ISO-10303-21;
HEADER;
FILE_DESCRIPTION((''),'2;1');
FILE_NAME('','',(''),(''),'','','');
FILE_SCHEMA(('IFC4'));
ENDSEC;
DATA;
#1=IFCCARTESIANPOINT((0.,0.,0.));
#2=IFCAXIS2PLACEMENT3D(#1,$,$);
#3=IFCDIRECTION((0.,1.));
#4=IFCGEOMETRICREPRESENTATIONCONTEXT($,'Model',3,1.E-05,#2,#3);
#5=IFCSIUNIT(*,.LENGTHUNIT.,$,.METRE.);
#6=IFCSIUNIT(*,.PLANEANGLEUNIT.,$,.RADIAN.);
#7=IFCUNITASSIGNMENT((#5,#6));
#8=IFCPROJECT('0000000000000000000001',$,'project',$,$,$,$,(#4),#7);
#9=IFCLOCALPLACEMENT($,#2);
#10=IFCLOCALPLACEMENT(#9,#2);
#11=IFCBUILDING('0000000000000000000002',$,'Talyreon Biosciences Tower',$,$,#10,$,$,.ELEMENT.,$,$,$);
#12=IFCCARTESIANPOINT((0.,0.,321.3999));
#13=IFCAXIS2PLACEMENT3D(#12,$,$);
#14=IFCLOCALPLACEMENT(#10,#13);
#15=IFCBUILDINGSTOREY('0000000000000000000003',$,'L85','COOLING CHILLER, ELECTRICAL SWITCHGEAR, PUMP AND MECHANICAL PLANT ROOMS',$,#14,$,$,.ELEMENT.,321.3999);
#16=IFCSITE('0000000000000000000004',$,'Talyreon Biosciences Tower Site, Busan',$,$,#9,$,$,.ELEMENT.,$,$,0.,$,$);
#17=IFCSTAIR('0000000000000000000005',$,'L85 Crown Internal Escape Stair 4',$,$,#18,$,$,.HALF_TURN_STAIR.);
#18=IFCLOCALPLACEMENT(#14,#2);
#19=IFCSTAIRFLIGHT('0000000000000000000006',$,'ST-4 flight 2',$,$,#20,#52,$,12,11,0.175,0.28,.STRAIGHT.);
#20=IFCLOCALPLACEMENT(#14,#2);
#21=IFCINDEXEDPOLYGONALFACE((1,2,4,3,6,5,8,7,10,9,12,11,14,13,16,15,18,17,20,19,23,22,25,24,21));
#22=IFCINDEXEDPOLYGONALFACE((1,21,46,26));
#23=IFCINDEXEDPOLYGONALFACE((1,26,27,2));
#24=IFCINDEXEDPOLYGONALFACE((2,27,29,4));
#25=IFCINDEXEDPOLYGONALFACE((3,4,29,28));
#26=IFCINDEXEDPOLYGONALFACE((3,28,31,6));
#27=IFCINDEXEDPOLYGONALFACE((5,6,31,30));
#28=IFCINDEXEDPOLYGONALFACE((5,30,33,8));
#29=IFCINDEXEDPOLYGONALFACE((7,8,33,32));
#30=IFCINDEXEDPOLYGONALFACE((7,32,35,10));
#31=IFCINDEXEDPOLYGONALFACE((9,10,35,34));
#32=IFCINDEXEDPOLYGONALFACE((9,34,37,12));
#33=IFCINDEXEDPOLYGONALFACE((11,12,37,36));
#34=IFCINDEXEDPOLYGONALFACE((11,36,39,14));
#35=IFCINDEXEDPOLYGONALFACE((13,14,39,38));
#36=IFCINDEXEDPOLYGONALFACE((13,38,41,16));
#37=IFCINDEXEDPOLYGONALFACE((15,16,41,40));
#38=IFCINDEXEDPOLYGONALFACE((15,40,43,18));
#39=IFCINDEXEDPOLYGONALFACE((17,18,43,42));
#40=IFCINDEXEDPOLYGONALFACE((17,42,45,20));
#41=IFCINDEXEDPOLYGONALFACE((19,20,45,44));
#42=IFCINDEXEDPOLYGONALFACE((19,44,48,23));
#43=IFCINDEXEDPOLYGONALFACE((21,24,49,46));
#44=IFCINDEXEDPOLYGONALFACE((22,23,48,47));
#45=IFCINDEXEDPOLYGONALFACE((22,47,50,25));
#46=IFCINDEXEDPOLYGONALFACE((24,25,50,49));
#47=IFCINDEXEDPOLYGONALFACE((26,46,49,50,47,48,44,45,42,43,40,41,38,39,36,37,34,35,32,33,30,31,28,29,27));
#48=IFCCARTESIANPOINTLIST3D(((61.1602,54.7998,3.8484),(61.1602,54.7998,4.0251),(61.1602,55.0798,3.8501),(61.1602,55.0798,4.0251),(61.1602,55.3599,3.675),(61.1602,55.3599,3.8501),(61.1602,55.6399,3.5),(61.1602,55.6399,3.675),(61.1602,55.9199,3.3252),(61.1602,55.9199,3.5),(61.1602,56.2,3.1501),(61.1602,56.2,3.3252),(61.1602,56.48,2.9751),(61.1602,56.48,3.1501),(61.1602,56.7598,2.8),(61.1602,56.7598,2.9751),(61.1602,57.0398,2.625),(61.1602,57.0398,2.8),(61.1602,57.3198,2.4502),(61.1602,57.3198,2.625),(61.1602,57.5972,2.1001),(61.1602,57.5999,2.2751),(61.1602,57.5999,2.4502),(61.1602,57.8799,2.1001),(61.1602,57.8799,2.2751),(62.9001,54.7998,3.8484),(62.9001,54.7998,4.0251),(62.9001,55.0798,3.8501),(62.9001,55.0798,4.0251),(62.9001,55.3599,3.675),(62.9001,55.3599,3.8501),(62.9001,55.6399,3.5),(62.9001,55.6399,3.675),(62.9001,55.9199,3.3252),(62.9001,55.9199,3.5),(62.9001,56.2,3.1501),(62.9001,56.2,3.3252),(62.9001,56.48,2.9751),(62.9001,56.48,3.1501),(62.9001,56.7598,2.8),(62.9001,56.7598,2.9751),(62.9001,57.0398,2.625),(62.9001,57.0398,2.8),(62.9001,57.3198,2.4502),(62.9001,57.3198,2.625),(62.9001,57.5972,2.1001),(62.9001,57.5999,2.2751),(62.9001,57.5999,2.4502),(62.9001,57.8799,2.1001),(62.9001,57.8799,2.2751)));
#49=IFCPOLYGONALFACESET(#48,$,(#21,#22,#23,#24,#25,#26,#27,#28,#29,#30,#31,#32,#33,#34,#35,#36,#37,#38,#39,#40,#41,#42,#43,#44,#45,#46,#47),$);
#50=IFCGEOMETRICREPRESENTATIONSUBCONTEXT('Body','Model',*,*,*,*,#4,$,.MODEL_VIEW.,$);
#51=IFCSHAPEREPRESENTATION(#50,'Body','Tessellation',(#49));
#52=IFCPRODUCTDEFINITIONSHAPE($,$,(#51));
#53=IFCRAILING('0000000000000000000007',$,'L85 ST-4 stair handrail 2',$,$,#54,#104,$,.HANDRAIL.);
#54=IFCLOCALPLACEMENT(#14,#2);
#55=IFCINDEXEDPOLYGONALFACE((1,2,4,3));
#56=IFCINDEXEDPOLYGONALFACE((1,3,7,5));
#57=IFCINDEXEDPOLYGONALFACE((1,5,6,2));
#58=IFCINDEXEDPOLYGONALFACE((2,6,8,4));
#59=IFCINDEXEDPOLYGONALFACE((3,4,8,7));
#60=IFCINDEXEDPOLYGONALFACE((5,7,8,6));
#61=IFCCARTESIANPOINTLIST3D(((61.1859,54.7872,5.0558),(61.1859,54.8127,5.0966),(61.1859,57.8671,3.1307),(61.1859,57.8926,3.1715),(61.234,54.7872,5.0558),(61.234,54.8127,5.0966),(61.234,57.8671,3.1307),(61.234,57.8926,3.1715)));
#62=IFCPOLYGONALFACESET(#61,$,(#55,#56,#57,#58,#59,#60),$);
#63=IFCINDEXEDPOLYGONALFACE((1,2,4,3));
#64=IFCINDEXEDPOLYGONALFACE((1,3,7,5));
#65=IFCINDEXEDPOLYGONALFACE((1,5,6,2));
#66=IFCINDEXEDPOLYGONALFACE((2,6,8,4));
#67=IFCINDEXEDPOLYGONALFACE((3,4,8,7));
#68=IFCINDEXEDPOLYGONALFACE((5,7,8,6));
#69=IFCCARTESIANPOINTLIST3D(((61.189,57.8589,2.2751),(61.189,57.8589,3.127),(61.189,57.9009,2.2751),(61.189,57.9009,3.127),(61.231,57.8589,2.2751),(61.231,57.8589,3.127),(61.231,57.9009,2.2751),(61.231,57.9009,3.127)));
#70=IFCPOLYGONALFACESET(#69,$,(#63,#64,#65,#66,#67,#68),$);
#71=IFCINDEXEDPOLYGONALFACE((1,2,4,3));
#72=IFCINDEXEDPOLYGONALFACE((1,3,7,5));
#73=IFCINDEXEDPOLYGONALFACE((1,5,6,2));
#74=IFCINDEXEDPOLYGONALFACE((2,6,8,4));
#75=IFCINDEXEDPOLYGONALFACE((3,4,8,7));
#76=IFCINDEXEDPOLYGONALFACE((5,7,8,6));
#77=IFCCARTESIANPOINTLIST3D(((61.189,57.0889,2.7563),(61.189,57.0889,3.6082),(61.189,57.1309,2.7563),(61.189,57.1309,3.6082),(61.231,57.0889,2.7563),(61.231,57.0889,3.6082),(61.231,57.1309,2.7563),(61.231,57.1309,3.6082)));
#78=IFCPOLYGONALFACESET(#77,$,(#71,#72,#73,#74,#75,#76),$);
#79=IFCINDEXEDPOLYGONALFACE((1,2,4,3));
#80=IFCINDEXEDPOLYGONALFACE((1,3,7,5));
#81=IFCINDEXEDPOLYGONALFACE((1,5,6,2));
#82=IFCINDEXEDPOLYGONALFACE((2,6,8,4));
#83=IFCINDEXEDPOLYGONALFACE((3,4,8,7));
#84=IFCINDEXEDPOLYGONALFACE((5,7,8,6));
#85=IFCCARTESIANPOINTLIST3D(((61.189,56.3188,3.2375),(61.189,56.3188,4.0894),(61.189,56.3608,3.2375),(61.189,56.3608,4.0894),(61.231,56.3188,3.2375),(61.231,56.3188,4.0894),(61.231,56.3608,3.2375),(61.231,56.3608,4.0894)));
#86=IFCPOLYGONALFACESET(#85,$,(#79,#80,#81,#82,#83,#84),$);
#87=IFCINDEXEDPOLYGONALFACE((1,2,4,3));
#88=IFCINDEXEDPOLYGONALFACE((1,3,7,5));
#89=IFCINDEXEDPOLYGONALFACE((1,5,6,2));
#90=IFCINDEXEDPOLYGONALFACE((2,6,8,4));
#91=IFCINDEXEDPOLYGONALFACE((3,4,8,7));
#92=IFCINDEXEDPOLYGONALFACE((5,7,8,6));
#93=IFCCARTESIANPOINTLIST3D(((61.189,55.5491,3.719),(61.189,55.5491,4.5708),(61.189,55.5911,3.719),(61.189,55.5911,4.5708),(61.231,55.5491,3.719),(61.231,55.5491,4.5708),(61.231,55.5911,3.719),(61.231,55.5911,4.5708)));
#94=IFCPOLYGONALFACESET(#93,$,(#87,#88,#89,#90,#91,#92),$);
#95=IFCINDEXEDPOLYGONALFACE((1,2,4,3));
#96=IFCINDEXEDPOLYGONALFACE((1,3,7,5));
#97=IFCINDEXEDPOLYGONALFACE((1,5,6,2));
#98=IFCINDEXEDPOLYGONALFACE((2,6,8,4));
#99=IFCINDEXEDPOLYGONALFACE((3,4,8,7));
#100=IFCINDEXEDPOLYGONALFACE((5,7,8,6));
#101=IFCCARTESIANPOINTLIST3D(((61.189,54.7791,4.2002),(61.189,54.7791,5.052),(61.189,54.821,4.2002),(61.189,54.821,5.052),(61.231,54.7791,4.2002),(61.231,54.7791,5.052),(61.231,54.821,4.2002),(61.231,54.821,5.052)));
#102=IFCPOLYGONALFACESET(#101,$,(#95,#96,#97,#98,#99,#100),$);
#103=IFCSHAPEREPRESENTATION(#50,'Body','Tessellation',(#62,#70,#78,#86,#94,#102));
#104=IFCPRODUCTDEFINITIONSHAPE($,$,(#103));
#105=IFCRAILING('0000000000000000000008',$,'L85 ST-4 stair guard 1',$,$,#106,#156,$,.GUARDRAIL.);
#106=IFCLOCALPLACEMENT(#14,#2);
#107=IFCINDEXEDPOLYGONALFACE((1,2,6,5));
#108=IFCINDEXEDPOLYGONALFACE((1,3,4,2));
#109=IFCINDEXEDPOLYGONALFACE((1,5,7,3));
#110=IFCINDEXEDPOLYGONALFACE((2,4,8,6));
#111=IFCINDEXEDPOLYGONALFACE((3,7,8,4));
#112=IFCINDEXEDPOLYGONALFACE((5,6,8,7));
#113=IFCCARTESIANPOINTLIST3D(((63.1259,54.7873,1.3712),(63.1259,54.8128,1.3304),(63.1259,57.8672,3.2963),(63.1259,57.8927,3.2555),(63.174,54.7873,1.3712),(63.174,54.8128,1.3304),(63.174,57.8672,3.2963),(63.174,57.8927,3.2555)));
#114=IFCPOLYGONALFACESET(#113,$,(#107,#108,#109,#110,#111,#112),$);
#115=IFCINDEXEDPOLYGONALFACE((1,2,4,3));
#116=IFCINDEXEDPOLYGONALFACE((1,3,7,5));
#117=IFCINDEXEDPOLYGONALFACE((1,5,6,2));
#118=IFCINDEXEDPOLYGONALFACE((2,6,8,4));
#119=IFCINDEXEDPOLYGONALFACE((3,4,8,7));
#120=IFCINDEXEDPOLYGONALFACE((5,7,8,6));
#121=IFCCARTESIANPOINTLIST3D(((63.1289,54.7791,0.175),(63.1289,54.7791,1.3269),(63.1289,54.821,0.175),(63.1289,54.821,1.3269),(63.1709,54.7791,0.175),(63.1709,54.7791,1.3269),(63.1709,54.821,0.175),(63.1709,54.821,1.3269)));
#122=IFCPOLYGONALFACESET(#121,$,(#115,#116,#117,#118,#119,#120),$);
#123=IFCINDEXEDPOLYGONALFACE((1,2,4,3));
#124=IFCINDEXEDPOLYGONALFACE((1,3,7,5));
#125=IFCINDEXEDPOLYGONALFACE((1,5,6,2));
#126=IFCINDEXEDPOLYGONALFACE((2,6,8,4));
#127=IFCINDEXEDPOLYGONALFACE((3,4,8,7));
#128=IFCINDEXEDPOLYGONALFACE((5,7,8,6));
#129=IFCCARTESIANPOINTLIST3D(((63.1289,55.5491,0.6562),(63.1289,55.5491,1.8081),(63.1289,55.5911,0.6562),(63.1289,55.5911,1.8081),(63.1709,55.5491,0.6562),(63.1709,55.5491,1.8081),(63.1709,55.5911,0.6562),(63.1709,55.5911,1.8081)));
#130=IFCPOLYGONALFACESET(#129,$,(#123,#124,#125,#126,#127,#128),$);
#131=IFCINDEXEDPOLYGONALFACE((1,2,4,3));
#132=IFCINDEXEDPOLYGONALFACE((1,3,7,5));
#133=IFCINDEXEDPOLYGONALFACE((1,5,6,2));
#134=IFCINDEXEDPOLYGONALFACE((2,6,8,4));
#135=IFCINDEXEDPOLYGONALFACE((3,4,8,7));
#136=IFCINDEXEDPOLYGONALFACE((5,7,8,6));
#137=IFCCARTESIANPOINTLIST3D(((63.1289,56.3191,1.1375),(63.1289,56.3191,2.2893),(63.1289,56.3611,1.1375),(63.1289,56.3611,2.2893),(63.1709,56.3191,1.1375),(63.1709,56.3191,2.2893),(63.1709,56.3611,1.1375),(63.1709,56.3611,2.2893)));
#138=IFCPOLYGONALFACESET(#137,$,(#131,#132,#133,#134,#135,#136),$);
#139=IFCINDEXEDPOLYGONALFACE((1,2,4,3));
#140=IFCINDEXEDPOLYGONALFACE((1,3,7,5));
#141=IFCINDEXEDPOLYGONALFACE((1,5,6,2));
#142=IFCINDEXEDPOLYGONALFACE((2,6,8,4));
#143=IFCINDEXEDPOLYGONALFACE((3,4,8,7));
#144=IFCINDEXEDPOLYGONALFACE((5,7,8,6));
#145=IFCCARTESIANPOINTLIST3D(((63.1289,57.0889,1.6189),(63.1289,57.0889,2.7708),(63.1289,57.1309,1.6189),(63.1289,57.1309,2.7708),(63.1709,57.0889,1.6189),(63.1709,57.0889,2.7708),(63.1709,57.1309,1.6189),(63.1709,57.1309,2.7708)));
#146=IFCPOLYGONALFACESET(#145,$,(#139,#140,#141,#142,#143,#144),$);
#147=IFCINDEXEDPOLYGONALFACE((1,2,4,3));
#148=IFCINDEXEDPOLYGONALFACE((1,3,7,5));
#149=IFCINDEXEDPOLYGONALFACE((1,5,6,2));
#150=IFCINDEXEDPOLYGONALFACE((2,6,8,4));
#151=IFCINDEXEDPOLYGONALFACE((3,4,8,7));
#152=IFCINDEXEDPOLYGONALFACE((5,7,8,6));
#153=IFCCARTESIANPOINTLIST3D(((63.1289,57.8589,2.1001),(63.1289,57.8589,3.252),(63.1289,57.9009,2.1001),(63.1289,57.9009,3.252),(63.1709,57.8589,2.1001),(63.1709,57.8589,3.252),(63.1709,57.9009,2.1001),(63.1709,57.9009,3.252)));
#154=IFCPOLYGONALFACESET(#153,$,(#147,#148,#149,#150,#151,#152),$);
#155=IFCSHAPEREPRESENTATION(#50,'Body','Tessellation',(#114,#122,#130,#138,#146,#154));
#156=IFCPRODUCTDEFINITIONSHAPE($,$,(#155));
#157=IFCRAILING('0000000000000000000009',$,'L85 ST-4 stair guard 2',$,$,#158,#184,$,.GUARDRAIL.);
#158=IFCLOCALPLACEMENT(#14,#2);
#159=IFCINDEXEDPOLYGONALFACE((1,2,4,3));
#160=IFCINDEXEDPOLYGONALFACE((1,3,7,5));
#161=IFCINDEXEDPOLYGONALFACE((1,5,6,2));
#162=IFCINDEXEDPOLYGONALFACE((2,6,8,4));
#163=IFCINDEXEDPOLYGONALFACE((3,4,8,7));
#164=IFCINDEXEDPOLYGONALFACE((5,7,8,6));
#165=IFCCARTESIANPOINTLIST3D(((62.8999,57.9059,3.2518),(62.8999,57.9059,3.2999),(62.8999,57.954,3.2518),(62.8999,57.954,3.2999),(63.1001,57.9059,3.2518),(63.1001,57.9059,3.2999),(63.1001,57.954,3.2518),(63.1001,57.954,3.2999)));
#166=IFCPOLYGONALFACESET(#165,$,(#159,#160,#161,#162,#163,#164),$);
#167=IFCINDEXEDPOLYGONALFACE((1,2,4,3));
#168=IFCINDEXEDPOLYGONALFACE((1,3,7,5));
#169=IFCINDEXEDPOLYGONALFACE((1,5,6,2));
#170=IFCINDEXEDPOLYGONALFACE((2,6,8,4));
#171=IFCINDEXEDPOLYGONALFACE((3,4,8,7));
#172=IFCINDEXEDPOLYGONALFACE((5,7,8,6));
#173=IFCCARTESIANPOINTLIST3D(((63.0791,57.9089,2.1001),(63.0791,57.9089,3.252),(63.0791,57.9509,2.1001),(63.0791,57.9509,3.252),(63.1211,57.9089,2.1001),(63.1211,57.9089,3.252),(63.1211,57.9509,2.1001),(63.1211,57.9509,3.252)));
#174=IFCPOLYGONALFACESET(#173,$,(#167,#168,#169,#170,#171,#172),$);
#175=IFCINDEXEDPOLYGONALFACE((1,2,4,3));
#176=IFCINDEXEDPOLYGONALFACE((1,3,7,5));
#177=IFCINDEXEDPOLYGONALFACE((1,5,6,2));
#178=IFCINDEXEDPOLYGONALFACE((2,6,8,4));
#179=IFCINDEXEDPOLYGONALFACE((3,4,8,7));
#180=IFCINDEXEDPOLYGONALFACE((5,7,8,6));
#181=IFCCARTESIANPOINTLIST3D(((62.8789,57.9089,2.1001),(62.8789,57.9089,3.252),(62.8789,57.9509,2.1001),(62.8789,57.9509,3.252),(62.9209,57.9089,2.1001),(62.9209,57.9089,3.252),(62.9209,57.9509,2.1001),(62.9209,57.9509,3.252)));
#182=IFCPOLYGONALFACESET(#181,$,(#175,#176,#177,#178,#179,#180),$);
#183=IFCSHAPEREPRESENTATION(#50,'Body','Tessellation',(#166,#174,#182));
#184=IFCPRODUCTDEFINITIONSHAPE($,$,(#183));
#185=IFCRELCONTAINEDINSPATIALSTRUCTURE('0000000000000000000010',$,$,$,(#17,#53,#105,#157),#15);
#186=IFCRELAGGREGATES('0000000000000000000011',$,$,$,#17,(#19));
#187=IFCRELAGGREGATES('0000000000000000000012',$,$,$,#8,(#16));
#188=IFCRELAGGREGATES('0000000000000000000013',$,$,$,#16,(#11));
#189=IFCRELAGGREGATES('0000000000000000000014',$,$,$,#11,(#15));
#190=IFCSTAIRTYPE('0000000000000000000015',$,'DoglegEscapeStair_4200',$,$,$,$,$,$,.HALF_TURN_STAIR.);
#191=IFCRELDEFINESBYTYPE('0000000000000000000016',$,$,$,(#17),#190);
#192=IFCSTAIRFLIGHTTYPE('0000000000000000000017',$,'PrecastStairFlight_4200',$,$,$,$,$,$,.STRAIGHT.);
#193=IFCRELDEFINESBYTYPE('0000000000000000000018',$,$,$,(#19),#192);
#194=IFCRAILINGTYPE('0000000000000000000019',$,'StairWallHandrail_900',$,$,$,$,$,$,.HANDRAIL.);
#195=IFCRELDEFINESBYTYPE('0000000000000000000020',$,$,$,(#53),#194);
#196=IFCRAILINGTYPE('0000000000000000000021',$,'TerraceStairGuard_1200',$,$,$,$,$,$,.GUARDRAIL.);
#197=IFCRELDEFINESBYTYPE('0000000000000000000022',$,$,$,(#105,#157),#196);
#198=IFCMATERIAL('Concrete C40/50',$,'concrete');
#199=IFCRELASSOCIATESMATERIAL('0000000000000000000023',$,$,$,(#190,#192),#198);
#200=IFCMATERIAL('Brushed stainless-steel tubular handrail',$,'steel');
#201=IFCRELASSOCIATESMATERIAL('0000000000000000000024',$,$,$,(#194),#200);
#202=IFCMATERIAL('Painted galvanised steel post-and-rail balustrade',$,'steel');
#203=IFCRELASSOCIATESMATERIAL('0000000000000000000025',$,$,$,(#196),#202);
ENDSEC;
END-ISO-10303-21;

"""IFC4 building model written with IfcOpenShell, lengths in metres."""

from ifc_helpers import new_model, si_unit, direction, frame, origin, origin_2d, place, context, subcontext, project, spatial, polyline, rectangle, outline, extrude, material, type_object, element, aggregate, save


model = new_model("IFC4")

# Units and contexts
model_context = context("Model", 3, precision=1e-05, world=origin(), true_north=direction((0.0, 1.0)))
body_context = subcontext(model_context, "Body", "Model", "MODEL_VIEW")
ifc_project = project(units=[si_unit("LENGTHUNIT", "METRE"), si_unit("PLANEANGLEUNIT", "RADIAN")], contexts=[model_context])

# Site, building, storey
site_placement = place(None, origin())
site = spatial("IfcSite", under=ifc_project, at=site_placement, Name="Talyreon Biosciences Tower Site, Busan", CompositionType="ELEMENT", RefElevation=0.0)
building_placement = place(site_placement, origin())
building = spatial("IfcBuilding", under=site, at=building_placement, Name="Talyreon Biosciences Tower", CompositionType="ELEMENT")
storey_placement = place(building_placement, frame((0.0, 0.0, 321.3999)))
storey = spatial("IfcBuildingStorey", under=building, at=storey_placement, Name="L85", Description="COOLING CHILLER, ELECTRICAL SWITCHGEAR, PUMP AND MECHANICAL PLANT ROOMS", CompositionType="ELEMENT", Elevation=321.3999)

# Stair, stair flight
ifc_material_1 = material(Name="Concrete C40/50", Category="concrete")
stair_type = type_object("IfcStairType", Name="DoglegEscapeStair_4200", PredefinedType="HALF_TURN_STAIR", material=ifc_material_1)
stair_placement = place(storey_placement, origin())
stair = element("IfcStair", 1, at=stair_placement, inside=storey, type_object=stair_type, Name="L85 Crown Internal Escape Stair 4", PredefinedType="HALF_TURN_STAIR")
stair_flight_type = type_object("IfcStairFlightType", Name="PrecastStairFlight_4200", PredefinedType="STRAIGHT", material=ifc_material_1)
stair_flight_1_placement = place(storey_placement, frame((62.03, 57.8799, 2.1001), z_axis=(0.0, 0.0, 1.0), x_axis=(0.0, -1.0, 0.0)))
stair_flight_1 = element("IfcStairFlight", 2, at=stair_flight_1_placement, type_object=stair_flight_type, Name="ST-4 flight 2", NumberOfRisers=12, NumberOfTreads=11, PredefinedType="STRAIGHT", RiserHeight=0.175, TreadLength=0.28, context=body_context, shape_type="SweptSolid", body=[
    extrude(outline(polyline([(0.0, 0.0), (0.0, 0.175), (0.28, 0.175), (0.28, 0.3501), (0.5601, 0.3501), (0.5601, 0.5249), (0.8401, 0.5249), (0.8401, 0.7), (1.1201, 0.7), (1.1201, 0.875), (1.3999, 0.875), (1.3999, 1.05), (1.6799, 1.05), (1.6799, 1.2251), (1.96, 1.2251), (1.96, 1.3999), (2.24, 1.3999), (2.24, 1.575), (2.52, 1.575), (2.52, 1.75), (2.8, 1.75), (2.8, 1.925), (3.0801, 1.925), (3.0801, 2.1001), (3.0801, 1.7483), (0.2827, 0.0), (0.0, 0.0)])), frame((0.0, 0.8701, 0.0), z_axis=(0.0, -1.0, 0.0), x_axis=(1.0, 0.0, 0.0)), (0.0, 0.0, 1.0), 1.74),
])
aggregate(stair, [stair_flight_1])

# Railings
ifc_material_2 = material(Name="Brushed stainless-steel tubular handrail", Category="steel")
railing_type_1 = type_object("IfcRailingType", Name="StairWallHandrail_900", PredefinedType="HANDRAIL", material=ifc_material_2)
railing_1_placement = place(storey_placement, frame((61.21, 57.8799, 2.2751)))
element("IfcRailing", 3, at=railing_1_placement, inside=storey, type_object=railing_type_1, Name="L85 ST-4 stair handrail 2", PredefinedType="HANDRAIL", context=body_context, shape_type="SweptSolid", body=[
    extrude(rectangle(XDim=0.0481, YDim=0.0481, at=origin_2d()), frame((0.0, 0.0, 0.876), z_axis=(0.0, -0.847979, 0.530029), x_axis=(1.0, 0.0, 0.0)), (0.0, 0.0, 1.0), 3.6321),
    extrude(rectangle(XDim=0.042, YDim=0.042, at=origin_2d()), origin(), (0.0, 0.0, 1.0), 0.8518),
    extrude(rectangle(XDim=0.042, YDim=0.042, at=origin_2d()), frame((0.0, -0.77, 0.4812)), (0.0, 0.0, 1.0), 0.8518),
    extrude(rectangle(XDim=0.042, YDim=0.042, at=origin_2d()), frame((0.0, -1.54, 0.9624)), (0.0, 0.0, 1.0), 0.8518),
    extrude(rectangle(XDim=0.042, YDim=0.042, at=origin_2d()), frame((0.0, -2.3098, 1.4438)), (0.0, 0.0, 1.0), 0.8518),
    extrude(rectangle(XDim=0.042, YDim=0.042, at=origin_2d()), frame((0.0, -3.0798, 1.925)), (0.0, 0.0, 1.0), 0.8518),
])
ifc_material_3 = material(Name="Painted galvanised steel post-and-rail balustrade", Category="steel")
railing_type_2 = type_object("IfcRailingType", Name="TerraceStairGuard_1200", PredefinedType="GUARDRAIL", material=ifc_material_3)
railing_2_placement = place(storey_placement, frame((63.1499, 54.8, 0.175)))
element("IfcRailing", 4, at=railing_2_placement, inside=storey, type_object=railing_type_2, Name="L85 ST-4 stair guard 1", PredefinedType="GUARDRAIL", context=body_context, shape_type="SweptSolid", body=[
    extrude(rectangle(XDim=0.0481, YDim=0.0481, at=origin_2d()), frame((0.0, 0.0, 1.1758), z_axis=(0.0, 0.847979, 0.530029), x_axis=(-1.0, 0.0, 0.0)), (0.0, 0.0, 1.0), 3.6321),
    extrude(rectangle(XDim=0.042, YDim=0.042, at=origin_2d()), origin(), (0.0, 0.0, 1.0), 1.1519),
    extrude(rectangle(XDim=0.042, YDim=0.042, at=origin_2d()), frame((0.0, 0.77, 0.4812)), (0.0, 0.0, 1.0), 1.1519),
    extrude(rectangle(XDim=0.042, YDim=0.042, at=origin_2d()), frame((0.0, 1.54, 0.9624)), (0.0, 0.0, 1.0), 1.1519),
    extrude(rectangle(XDim=0.042, YDim=0.042, at=origin_2d()), frame((0.0, 2.3098, 1.4438)), (0.0, 0.0, 1.0), 1.1519),
    extrude(rectangle(XDim=0.042, YDim=0.042, at=origin_2d()), frame((0.0, 3.0798, 1.925)), (0.0, 0.0, 1.0), 1.1519),
])
railing_3_placement = place(storey_placement, frame((63.1001, 57.9299, 2.1001)))
element("IfcRailing", 5, at=railing_3_placement, inside=storey, type_object=railing_type_2, Name="L85 ST-4 stair guard 2", PredefinedType="GUARDRAIL", context=body_context, shape_type="SweptSolid", body=[
    extrude(rectangle(XDim=0.0481, YDim=0.0481, at=origin_2d()), frame((0.0, 0.0, 1.1758), z_axis=(-1.0, 0.0, 0.0), x_axis=(0.0, -1.0, 0.0)), (0.0, 0.0, 1.0), 0.2002),
    extrude(rectangle(XDim=0.042, YDim=0.042, at=origin_2d()), origin(), (0.0, 0.0, 1.0), 1.1519),
    extrude(rectangle(XDim=0.042, YDim=0.042, at=origin_2d()), frame((-0.2002, 0.0, 0.0)), (0.0, 0.0, 1.0), 1.1519),
])

save(model, "model.ifc")
